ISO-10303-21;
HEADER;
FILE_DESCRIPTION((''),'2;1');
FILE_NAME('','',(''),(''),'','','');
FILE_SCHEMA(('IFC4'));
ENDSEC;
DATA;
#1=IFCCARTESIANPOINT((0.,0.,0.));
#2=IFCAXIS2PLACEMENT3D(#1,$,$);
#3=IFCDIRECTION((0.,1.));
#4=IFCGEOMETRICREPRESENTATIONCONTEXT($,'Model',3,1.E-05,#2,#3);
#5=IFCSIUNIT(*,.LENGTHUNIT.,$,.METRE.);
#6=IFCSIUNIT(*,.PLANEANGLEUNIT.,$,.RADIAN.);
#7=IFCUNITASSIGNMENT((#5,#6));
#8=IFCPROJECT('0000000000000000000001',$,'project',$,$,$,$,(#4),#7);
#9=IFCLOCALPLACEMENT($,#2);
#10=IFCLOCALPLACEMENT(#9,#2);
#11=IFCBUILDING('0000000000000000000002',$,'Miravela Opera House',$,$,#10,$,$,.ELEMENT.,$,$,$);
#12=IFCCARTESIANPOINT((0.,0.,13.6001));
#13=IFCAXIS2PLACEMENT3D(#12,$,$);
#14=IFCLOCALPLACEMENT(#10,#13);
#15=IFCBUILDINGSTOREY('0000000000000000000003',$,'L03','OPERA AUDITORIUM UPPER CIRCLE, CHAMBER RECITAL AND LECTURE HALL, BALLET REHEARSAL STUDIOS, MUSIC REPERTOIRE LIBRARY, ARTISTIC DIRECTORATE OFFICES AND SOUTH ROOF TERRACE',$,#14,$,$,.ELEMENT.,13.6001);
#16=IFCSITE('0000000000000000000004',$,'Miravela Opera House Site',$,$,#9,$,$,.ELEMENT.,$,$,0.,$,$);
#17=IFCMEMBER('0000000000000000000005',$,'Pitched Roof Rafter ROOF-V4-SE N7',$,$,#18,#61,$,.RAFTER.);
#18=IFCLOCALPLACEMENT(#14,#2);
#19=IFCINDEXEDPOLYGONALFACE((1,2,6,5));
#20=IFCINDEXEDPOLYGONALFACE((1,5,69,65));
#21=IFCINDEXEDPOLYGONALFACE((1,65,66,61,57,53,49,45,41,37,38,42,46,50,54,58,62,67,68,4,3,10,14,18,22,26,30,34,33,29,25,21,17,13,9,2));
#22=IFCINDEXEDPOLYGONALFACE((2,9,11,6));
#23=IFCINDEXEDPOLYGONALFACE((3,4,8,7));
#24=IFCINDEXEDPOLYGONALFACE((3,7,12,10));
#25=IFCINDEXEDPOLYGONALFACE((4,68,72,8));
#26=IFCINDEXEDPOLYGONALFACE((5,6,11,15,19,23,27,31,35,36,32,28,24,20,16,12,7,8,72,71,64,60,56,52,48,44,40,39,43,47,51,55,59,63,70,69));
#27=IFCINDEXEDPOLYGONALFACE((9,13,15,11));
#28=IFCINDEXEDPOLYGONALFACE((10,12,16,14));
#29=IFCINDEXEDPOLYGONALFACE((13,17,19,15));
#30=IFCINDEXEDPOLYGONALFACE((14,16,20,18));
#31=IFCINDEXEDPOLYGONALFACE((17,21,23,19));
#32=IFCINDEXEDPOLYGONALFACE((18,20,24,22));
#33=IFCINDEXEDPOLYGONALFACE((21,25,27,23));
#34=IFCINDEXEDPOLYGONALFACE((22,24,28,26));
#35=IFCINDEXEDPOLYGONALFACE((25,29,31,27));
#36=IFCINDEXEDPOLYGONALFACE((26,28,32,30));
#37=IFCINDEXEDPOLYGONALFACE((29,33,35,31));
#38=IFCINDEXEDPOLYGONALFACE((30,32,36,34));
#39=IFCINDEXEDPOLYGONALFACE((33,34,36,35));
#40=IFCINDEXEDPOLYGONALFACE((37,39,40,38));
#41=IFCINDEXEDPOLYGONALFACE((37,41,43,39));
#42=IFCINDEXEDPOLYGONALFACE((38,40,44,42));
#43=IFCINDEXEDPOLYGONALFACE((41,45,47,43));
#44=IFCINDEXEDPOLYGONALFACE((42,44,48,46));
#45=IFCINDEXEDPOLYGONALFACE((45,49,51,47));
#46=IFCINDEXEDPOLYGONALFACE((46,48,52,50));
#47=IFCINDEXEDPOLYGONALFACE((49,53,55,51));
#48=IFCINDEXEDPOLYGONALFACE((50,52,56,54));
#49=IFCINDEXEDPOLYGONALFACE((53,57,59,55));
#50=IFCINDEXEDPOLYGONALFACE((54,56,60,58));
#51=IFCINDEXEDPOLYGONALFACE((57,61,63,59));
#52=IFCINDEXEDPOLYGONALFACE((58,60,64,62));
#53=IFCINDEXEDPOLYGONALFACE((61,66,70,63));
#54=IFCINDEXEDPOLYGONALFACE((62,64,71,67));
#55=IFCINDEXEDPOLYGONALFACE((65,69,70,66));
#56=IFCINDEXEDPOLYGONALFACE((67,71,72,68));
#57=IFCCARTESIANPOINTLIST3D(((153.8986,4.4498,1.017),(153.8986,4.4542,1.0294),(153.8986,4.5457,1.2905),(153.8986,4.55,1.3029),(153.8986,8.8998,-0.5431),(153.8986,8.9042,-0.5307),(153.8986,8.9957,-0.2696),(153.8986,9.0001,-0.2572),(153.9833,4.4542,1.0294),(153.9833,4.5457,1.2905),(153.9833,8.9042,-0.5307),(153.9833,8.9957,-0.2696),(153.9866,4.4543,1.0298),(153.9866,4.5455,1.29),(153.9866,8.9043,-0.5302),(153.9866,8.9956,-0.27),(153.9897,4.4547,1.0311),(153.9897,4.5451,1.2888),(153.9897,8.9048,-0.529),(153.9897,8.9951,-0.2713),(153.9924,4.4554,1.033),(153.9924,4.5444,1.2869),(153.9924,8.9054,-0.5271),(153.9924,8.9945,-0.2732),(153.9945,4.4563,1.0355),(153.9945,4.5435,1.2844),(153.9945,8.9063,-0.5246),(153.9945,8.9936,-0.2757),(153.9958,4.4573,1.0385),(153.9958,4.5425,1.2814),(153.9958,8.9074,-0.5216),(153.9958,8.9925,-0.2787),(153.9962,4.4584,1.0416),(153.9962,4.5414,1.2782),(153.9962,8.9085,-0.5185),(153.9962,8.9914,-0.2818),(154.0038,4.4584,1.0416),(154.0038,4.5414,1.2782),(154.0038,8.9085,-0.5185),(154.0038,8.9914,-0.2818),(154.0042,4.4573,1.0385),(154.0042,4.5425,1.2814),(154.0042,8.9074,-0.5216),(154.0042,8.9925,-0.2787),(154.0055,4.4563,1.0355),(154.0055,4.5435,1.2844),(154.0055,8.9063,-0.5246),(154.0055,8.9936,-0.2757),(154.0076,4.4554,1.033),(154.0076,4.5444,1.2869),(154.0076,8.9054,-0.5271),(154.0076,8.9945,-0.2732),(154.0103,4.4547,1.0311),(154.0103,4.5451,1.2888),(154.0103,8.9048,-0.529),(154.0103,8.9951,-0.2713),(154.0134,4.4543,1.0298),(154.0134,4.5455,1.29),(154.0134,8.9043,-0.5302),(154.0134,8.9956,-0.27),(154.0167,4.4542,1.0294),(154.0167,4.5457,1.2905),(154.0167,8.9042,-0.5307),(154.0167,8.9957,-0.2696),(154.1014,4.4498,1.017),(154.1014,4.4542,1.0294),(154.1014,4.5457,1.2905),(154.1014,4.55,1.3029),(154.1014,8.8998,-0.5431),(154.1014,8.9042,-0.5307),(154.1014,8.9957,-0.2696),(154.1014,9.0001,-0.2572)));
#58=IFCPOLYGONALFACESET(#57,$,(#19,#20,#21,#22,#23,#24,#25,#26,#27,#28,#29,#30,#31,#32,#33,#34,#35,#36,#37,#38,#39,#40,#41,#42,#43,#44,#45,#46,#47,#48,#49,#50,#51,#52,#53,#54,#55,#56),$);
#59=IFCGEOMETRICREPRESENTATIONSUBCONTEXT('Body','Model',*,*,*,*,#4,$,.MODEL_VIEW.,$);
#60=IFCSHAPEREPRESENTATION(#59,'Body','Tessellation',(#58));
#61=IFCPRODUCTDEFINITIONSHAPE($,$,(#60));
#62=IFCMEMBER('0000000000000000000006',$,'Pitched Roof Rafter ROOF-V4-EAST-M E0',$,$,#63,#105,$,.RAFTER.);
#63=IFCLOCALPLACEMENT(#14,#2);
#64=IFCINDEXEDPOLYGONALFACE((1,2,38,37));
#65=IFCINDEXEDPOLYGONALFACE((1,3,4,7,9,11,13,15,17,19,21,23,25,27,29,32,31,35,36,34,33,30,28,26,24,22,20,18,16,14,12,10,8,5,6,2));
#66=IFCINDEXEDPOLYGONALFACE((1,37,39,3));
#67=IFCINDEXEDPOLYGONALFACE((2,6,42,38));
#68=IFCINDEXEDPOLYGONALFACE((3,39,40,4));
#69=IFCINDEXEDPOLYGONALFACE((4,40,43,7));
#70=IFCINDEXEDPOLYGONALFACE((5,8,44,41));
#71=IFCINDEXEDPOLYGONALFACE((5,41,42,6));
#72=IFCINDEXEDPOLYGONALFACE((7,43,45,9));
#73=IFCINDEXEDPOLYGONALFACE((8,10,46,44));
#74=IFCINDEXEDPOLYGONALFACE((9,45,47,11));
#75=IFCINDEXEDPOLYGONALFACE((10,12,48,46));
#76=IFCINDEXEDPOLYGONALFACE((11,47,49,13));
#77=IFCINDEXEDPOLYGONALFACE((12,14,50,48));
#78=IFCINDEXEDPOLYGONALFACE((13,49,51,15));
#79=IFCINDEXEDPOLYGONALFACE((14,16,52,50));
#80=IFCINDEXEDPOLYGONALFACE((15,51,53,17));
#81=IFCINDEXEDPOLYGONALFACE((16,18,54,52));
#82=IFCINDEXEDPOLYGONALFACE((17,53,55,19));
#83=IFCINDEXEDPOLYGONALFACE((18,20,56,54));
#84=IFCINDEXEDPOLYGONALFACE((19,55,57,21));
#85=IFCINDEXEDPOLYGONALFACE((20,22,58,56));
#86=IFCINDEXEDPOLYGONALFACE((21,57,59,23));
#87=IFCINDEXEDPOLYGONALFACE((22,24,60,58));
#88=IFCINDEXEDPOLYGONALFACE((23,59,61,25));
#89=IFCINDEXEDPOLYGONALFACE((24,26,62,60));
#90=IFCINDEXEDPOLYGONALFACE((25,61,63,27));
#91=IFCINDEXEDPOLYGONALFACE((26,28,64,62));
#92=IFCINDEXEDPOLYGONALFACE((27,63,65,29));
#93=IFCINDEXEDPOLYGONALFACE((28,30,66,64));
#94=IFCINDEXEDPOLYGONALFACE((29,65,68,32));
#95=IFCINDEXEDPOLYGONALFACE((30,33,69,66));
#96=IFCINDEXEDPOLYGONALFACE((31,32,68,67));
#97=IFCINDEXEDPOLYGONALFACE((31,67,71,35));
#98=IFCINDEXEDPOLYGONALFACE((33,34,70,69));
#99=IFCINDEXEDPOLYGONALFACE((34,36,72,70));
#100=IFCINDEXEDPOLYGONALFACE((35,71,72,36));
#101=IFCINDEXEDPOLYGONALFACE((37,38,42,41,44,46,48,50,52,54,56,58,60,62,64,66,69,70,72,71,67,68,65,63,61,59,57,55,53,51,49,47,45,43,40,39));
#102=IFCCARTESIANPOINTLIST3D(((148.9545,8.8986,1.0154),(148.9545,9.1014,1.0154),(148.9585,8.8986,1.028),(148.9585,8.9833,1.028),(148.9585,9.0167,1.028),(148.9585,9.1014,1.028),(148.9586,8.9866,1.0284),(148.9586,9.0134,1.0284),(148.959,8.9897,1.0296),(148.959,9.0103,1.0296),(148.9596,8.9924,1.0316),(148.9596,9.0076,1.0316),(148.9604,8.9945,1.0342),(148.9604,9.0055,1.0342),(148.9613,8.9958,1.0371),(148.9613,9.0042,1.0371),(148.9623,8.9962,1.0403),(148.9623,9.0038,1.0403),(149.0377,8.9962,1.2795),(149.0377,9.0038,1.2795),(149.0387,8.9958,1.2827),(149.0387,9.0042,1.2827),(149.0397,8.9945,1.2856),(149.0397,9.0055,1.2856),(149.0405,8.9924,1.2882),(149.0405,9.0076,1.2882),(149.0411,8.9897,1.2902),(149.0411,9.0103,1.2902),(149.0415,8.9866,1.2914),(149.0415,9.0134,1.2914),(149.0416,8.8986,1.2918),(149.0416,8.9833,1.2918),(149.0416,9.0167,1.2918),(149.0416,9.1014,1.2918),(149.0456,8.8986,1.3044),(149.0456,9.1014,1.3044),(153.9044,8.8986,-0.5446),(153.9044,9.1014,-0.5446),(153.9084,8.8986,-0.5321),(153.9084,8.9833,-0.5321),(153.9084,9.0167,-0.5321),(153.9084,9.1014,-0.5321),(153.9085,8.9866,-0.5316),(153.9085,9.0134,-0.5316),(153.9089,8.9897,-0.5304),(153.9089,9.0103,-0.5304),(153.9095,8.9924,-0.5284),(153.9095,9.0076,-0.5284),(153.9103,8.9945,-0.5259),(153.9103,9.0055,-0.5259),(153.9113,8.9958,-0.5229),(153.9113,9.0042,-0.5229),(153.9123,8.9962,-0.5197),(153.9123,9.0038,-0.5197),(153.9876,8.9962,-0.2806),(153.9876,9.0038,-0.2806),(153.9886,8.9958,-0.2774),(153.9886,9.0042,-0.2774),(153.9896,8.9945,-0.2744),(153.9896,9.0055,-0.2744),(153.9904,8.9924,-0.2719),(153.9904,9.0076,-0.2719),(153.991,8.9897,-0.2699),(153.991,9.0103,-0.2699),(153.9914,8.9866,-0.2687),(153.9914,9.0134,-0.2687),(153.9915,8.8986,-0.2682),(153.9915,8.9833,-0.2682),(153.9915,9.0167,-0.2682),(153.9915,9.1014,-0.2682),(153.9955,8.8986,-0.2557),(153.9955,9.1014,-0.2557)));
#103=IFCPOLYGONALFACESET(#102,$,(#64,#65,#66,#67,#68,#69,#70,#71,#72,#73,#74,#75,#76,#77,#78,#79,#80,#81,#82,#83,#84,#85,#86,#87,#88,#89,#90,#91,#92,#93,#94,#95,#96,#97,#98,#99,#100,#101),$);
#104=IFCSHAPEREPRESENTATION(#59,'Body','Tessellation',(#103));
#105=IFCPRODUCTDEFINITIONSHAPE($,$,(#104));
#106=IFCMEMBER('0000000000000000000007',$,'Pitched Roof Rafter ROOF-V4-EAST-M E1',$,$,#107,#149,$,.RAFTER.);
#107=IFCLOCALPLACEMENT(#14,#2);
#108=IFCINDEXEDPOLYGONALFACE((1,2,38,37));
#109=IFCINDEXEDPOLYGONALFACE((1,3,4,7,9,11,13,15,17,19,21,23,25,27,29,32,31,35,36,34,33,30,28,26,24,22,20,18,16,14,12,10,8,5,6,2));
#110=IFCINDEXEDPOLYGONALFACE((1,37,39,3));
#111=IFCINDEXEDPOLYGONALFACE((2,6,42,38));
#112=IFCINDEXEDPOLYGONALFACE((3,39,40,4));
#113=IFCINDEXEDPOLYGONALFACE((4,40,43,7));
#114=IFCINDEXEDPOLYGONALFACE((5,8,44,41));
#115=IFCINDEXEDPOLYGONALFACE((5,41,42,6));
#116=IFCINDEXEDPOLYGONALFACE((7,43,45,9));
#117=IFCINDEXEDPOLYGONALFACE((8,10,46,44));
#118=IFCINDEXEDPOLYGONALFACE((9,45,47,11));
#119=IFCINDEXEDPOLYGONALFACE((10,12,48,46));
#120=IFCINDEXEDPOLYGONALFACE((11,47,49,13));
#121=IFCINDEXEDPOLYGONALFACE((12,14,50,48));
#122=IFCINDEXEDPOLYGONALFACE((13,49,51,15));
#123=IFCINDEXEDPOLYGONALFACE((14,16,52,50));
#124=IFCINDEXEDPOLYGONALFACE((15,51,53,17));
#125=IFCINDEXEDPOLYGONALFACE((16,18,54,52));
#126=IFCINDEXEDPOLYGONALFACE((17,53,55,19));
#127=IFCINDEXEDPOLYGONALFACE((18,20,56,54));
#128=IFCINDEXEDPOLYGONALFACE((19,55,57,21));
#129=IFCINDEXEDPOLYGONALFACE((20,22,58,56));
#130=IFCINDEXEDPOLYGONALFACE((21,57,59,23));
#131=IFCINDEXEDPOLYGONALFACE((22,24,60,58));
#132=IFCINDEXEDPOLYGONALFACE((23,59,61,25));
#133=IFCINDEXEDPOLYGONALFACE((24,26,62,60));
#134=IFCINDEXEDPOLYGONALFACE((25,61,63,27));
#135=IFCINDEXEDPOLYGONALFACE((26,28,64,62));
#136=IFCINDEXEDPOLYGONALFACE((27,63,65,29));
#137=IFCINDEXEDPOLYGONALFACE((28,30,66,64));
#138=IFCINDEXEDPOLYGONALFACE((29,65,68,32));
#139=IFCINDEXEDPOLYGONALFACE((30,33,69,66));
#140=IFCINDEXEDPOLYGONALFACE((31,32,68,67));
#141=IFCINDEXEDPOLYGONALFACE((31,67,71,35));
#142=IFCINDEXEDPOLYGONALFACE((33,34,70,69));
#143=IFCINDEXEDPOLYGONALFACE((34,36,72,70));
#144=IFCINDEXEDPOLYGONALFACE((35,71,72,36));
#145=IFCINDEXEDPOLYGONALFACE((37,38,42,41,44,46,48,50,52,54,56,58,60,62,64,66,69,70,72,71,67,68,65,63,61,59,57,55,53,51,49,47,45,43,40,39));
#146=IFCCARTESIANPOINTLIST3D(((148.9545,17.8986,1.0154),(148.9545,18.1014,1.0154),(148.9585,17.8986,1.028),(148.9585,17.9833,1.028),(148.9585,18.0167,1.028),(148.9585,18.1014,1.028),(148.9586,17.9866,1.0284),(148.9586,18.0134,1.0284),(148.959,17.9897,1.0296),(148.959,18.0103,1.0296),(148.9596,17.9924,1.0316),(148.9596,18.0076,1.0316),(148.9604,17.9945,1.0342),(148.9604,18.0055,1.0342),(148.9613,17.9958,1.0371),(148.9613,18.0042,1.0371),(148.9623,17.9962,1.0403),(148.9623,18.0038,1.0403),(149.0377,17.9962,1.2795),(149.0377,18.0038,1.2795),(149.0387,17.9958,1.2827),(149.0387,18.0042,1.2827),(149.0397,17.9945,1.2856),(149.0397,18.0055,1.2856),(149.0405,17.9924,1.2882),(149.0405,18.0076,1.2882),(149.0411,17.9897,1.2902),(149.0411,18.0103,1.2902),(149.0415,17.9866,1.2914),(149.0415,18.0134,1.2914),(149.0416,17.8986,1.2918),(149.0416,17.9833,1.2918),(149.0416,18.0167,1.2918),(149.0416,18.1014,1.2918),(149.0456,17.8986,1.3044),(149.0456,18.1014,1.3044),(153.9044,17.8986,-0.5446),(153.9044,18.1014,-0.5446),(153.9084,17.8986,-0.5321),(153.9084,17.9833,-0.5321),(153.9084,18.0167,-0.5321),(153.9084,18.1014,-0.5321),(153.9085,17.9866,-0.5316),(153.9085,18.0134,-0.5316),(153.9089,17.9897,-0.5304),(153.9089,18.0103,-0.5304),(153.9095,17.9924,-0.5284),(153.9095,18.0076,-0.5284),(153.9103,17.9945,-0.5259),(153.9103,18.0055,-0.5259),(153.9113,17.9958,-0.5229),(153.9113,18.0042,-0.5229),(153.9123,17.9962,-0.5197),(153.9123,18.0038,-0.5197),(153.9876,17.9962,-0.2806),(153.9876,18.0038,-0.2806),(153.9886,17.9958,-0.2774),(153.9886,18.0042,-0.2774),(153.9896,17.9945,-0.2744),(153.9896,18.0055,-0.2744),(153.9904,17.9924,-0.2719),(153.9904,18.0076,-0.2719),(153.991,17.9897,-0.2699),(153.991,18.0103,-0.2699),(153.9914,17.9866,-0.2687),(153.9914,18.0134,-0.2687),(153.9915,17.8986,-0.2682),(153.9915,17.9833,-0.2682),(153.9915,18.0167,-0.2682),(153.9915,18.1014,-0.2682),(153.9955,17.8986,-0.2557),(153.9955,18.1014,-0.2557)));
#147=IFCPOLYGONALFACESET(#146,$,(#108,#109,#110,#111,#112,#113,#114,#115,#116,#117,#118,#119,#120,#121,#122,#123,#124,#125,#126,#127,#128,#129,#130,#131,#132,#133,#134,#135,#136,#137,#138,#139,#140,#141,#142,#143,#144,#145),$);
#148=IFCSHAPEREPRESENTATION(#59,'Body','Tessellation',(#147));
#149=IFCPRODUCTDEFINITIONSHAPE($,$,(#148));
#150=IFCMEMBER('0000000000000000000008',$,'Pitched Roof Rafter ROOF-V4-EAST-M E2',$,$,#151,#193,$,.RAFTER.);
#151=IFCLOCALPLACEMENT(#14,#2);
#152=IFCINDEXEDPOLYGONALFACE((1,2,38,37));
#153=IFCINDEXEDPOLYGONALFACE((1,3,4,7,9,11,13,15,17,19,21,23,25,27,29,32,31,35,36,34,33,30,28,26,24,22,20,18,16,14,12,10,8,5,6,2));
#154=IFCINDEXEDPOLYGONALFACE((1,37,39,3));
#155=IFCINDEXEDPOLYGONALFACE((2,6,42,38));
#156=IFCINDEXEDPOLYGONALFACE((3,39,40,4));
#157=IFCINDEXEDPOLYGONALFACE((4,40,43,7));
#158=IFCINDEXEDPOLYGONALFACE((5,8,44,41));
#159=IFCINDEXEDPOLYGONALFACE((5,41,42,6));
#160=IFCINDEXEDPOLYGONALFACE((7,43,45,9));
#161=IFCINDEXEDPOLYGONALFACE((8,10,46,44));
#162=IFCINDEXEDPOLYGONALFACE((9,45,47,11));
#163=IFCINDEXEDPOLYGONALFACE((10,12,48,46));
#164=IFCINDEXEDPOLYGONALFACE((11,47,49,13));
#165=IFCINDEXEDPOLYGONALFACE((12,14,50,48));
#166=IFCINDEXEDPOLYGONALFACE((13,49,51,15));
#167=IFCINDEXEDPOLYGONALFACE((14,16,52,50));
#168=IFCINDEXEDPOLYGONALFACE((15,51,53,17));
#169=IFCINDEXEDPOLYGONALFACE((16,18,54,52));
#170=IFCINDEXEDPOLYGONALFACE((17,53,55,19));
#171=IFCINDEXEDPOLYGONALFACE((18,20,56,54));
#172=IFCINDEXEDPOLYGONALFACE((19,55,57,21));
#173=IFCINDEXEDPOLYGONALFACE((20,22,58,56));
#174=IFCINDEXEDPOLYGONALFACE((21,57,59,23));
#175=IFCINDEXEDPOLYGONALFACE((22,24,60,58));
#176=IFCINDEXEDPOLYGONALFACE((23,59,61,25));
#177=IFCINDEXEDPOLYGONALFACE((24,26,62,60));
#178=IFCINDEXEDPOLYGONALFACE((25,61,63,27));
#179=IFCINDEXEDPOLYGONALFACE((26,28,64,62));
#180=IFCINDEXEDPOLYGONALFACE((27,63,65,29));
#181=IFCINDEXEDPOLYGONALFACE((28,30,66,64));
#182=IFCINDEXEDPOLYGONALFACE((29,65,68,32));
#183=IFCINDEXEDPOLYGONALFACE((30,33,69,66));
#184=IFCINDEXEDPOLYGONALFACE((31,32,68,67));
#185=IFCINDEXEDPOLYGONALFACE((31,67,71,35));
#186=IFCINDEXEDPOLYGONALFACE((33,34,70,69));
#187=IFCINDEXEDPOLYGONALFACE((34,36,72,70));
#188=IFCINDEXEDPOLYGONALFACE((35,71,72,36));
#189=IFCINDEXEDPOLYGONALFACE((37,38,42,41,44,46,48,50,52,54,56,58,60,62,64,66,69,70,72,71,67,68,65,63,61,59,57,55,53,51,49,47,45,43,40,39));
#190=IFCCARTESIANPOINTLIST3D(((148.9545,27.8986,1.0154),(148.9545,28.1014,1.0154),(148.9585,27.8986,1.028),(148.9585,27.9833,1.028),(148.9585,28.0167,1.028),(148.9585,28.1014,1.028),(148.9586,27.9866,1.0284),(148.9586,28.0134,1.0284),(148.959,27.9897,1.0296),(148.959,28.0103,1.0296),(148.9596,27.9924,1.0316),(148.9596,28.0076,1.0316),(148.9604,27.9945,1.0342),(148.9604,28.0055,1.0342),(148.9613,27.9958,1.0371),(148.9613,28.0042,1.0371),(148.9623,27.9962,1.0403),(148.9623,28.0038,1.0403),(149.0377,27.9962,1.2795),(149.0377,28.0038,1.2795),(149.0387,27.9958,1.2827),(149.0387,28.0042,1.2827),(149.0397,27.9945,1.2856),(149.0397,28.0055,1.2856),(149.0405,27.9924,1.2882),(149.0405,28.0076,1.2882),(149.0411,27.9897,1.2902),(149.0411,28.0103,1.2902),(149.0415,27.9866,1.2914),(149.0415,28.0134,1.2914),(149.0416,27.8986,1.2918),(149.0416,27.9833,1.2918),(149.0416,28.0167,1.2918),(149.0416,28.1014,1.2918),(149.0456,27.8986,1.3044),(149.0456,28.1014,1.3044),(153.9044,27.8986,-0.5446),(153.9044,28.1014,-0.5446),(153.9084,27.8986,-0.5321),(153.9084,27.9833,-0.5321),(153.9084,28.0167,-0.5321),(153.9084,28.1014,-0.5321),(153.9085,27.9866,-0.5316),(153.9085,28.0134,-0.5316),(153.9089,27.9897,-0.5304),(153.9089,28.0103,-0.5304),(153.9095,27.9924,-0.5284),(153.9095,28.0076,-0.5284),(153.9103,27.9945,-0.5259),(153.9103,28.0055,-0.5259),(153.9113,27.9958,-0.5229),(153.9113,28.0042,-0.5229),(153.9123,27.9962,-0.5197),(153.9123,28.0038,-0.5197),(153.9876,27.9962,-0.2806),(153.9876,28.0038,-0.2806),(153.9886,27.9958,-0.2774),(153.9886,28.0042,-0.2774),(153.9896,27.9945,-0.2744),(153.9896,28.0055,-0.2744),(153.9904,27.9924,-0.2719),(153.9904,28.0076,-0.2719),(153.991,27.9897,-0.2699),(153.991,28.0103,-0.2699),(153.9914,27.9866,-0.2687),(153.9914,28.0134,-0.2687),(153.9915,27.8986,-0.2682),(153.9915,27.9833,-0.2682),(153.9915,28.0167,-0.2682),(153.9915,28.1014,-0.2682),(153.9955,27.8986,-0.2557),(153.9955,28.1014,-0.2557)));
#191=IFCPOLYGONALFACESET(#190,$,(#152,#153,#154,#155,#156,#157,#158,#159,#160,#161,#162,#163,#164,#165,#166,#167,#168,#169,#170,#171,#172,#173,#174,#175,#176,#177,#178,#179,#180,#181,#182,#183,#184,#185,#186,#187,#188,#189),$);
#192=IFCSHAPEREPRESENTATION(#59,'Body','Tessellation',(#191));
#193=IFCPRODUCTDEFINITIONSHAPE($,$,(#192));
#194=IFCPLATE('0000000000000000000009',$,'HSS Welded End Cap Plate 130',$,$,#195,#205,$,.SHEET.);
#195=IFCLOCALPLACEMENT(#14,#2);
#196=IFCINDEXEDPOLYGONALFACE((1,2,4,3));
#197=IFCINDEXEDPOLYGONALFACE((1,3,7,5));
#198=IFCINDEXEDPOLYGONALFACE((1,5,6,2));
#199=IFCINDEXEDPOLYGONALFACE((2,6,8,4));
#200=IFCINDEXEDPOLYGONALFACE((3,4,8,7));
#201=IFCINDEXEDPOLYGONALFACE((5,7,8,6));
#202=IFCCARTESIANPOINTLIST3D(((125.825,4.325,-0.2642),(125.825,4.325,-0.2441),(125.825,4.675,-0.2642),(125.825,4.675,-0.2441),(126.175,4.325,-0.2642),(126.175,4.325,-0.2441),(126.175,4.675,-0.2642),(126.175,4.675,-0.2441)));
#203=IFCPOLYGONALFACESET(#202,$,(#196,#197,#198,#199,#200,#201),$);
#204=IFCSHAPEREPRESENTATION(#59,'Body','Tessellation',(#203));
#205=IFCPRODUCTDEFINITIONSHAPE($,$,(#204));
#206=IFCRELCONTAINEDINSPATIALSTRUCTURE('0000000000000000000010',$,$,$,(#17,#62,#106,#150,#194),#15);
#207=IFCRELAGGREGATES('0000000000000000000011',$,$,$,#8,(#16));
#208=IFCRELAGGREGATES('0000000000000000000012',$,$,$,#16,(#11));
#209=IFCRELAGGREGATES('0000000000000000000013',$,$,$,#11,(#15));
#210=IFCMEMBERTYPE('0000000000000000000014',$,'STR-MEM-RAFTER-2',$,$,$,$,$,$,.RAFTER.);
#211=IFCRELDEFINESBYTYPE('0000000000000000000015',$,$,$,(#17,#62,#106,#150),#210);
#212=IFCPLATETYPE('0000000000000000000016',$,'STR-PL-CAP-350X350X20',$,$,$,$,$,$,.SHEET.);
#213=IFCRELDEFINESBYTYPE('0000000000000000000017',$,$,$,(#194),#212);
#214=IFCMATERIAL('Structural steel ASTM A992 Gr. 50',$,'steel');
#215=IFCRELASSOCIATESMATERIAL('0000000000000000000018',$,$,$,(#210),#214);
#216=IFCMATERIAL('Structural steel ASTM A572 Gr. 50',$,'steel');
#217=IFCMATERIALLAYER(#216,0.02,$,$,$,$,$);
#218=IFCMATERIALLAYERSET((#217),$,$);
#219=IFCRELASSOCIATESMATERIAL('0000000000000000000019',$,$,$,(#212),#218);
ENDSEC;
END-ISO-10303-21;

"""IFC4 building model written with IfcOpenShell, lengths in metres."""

from ifc_helpers import new_model, si_unit, direction, frame, origin, origin_2d, place, context, subcontext, project, spatial, rectangle, i_section, extrude, material, layer, layer_set, material_profile, profile_set, type_object, element, save


model = new_model("IFC4")

# Units and contexts
model_context = context("Model", 3, precision=1e-05, world=origin(), true_north=direction((0.0, 1.0)))
body_context = subcontext(model_context, "Body", "Model", "MODEL_VIEW")
ifc_project = project(units=[si_unit("LENGTHUNIT", "METRE"), si_unit("PLANEANGLEUNIT", "RADIAN")], contexts=[model_context])

# Site, building, storey
site_placement = place(None, origin())
site = spatial("IfcSite", under=ifc_project, at=site_placement, Name="Miravela Opera House Site", CompositionType="ELEMENT", RefElevation=0.0)
building_placement = place(site_placement, origin())
building = spatial("IfcBuilding", under=site, at=building_placement, Name="Miravela Opera House", CompositionType="ELEMENT")
storey_placement = place(building_placement, frame((0.0, 0.0, 13.6001)))
storey = spatial("IfcBuildingStorey", under=building, at=storey_placement, Name="L03", Description="OPERA AUDITORIUM UPPER CIRCLE, CHAMBER RECITAL AND LECTURE HALL, BALLET REHEARSAL STUDIOS, MUSIC REPERTOIRE LIBRARY, ARTISTIC DIRECTORATE OFFICES AND SOUTH ROOF TERRACE", CompositionType="ELEMENT", Elevation=13.6001)

# Shared definitions
ifc_material_1 = material(Name="Structural steel ASTM A992 Gr. 50", Category="steel")

# Members
ifc_material_profile_1 = material_profile(ifc_material_1, i_section(OverallWidth=0.2029, OverallDepth=0.303, WebThickness=0.0076, FlangeThickness=0.0132, FilletRadius=0.0129, at=origin_2d()), Name="W310X60")
ifc_profile_set_1 = profile_set([ifc_material_profile_1])
member_type_1 = type_object("IfcMemberType", Name="STR-MEM-RAFTER-2", PredefinedType="RAFTER", material=ifc_profile_set_1)
for number, where, z_axis, x_axis, name in (
    (1, (154.0, 8.95, -0.4001), (0.0, -0.943688, 0.330837), (1.0, 0.0, 0.0), "Pitched Roof Rafter ROOF-V4-SE N7"),
):
    element("IfcMember", number, at=place(storey_placement, frame(where, z_axis=z_axis, x_axis=x_axis)), inside=storey, type_object=member_type_1, Name=name, PredefinedType="RAFTER", context=body_context, shape_type="SweptSolid", body=[
        extrude(i_section(OverallWidth=0.2029, OverallDepth=0.303, WebThickness=0.0076, FlangeThickness=0.0132, FilletRadius=0.0129, at=origin_2d()), origin(), (0.0, 0.0, 1.0), 4.7156),
    ])
for number, where, z_axis, x_axis, name in (
    (2, (153.95, 9.0, -0.4001), (-0.953753, 0.0, 0.300591), (0.0, -1.0, 0.0), "Pitched Roof Rafter ROOF-V4-EAST-M E0"),
    (3, (153.95, 18.0, -0.4001), (-0.953753, 0.0, 0.300591), (0.0, -1.0, 0.0), "Pitched Roof Rafter ROOF-V4-EAST-M E1"),
    (4, (153.95, 28.0, -0.4001), (-0.953753, 0.0, 0.300591), (0.0, -1.0, 0.0), "Pitched Roof Rafter ROOF-V4-EAST-M E2"),
):
    element("IfcMember", number, at=place(storey_placement, frame(where, z_axis=z_axis, x_axis=x_axis)), inside=storey, type_object=member_type_1, Name=name, PredefinedType="RAFTER", context=body_context, shape_type="SweptSolid", body=[
        extrude(i_section(OverallWidth=0.2029, OverallDepth=0.303, WebThickness=0.0076, FlangeThickness=0.0132, FilletRadius=0.0129, at=origin_2d()), origin(), (0.0, 0.0, 1.0), 5.1899),
    ])

# Plate
ifc_material_2 = material(Name="Structural steel ASTM A572 Gr. 50", Category="steel")
ifc_layer_1 = layer(ifc_material_2, 0.02)
ifc_layer_set_1 = layer_set([ifc_layer_1])
plate_type = type_object("IfcPlateType", Name="STR-PL-CAP-350X350X20", PredefinedType="SHEET", material=ifc_layer_set_1)
for number, where, z_axis, x_axis, name in (
    (5, (126.0, 4.5, -0.2642), (0.0, 0.0, 1.0), (1.0, 0.0, 0.0), "HSS Welded End Cap Plate 130"),
):
    element("IfcPlate", number, at=place(storey_placement, frame(where, z_axis=z_axis, x_axis=x_axis)), inside=storey, type_object=plate_type, Name=name, PredefinedType="SHEET", context=body_context, shape_type="SweptSolid", body=[
        extrude(rectangle(XDim=0.3501, YDim=0.3501, at=origin_2d()), origin(), (0.0, 0.0, 1.0), 0.02),
    ])

save(model, "model.ifc")
